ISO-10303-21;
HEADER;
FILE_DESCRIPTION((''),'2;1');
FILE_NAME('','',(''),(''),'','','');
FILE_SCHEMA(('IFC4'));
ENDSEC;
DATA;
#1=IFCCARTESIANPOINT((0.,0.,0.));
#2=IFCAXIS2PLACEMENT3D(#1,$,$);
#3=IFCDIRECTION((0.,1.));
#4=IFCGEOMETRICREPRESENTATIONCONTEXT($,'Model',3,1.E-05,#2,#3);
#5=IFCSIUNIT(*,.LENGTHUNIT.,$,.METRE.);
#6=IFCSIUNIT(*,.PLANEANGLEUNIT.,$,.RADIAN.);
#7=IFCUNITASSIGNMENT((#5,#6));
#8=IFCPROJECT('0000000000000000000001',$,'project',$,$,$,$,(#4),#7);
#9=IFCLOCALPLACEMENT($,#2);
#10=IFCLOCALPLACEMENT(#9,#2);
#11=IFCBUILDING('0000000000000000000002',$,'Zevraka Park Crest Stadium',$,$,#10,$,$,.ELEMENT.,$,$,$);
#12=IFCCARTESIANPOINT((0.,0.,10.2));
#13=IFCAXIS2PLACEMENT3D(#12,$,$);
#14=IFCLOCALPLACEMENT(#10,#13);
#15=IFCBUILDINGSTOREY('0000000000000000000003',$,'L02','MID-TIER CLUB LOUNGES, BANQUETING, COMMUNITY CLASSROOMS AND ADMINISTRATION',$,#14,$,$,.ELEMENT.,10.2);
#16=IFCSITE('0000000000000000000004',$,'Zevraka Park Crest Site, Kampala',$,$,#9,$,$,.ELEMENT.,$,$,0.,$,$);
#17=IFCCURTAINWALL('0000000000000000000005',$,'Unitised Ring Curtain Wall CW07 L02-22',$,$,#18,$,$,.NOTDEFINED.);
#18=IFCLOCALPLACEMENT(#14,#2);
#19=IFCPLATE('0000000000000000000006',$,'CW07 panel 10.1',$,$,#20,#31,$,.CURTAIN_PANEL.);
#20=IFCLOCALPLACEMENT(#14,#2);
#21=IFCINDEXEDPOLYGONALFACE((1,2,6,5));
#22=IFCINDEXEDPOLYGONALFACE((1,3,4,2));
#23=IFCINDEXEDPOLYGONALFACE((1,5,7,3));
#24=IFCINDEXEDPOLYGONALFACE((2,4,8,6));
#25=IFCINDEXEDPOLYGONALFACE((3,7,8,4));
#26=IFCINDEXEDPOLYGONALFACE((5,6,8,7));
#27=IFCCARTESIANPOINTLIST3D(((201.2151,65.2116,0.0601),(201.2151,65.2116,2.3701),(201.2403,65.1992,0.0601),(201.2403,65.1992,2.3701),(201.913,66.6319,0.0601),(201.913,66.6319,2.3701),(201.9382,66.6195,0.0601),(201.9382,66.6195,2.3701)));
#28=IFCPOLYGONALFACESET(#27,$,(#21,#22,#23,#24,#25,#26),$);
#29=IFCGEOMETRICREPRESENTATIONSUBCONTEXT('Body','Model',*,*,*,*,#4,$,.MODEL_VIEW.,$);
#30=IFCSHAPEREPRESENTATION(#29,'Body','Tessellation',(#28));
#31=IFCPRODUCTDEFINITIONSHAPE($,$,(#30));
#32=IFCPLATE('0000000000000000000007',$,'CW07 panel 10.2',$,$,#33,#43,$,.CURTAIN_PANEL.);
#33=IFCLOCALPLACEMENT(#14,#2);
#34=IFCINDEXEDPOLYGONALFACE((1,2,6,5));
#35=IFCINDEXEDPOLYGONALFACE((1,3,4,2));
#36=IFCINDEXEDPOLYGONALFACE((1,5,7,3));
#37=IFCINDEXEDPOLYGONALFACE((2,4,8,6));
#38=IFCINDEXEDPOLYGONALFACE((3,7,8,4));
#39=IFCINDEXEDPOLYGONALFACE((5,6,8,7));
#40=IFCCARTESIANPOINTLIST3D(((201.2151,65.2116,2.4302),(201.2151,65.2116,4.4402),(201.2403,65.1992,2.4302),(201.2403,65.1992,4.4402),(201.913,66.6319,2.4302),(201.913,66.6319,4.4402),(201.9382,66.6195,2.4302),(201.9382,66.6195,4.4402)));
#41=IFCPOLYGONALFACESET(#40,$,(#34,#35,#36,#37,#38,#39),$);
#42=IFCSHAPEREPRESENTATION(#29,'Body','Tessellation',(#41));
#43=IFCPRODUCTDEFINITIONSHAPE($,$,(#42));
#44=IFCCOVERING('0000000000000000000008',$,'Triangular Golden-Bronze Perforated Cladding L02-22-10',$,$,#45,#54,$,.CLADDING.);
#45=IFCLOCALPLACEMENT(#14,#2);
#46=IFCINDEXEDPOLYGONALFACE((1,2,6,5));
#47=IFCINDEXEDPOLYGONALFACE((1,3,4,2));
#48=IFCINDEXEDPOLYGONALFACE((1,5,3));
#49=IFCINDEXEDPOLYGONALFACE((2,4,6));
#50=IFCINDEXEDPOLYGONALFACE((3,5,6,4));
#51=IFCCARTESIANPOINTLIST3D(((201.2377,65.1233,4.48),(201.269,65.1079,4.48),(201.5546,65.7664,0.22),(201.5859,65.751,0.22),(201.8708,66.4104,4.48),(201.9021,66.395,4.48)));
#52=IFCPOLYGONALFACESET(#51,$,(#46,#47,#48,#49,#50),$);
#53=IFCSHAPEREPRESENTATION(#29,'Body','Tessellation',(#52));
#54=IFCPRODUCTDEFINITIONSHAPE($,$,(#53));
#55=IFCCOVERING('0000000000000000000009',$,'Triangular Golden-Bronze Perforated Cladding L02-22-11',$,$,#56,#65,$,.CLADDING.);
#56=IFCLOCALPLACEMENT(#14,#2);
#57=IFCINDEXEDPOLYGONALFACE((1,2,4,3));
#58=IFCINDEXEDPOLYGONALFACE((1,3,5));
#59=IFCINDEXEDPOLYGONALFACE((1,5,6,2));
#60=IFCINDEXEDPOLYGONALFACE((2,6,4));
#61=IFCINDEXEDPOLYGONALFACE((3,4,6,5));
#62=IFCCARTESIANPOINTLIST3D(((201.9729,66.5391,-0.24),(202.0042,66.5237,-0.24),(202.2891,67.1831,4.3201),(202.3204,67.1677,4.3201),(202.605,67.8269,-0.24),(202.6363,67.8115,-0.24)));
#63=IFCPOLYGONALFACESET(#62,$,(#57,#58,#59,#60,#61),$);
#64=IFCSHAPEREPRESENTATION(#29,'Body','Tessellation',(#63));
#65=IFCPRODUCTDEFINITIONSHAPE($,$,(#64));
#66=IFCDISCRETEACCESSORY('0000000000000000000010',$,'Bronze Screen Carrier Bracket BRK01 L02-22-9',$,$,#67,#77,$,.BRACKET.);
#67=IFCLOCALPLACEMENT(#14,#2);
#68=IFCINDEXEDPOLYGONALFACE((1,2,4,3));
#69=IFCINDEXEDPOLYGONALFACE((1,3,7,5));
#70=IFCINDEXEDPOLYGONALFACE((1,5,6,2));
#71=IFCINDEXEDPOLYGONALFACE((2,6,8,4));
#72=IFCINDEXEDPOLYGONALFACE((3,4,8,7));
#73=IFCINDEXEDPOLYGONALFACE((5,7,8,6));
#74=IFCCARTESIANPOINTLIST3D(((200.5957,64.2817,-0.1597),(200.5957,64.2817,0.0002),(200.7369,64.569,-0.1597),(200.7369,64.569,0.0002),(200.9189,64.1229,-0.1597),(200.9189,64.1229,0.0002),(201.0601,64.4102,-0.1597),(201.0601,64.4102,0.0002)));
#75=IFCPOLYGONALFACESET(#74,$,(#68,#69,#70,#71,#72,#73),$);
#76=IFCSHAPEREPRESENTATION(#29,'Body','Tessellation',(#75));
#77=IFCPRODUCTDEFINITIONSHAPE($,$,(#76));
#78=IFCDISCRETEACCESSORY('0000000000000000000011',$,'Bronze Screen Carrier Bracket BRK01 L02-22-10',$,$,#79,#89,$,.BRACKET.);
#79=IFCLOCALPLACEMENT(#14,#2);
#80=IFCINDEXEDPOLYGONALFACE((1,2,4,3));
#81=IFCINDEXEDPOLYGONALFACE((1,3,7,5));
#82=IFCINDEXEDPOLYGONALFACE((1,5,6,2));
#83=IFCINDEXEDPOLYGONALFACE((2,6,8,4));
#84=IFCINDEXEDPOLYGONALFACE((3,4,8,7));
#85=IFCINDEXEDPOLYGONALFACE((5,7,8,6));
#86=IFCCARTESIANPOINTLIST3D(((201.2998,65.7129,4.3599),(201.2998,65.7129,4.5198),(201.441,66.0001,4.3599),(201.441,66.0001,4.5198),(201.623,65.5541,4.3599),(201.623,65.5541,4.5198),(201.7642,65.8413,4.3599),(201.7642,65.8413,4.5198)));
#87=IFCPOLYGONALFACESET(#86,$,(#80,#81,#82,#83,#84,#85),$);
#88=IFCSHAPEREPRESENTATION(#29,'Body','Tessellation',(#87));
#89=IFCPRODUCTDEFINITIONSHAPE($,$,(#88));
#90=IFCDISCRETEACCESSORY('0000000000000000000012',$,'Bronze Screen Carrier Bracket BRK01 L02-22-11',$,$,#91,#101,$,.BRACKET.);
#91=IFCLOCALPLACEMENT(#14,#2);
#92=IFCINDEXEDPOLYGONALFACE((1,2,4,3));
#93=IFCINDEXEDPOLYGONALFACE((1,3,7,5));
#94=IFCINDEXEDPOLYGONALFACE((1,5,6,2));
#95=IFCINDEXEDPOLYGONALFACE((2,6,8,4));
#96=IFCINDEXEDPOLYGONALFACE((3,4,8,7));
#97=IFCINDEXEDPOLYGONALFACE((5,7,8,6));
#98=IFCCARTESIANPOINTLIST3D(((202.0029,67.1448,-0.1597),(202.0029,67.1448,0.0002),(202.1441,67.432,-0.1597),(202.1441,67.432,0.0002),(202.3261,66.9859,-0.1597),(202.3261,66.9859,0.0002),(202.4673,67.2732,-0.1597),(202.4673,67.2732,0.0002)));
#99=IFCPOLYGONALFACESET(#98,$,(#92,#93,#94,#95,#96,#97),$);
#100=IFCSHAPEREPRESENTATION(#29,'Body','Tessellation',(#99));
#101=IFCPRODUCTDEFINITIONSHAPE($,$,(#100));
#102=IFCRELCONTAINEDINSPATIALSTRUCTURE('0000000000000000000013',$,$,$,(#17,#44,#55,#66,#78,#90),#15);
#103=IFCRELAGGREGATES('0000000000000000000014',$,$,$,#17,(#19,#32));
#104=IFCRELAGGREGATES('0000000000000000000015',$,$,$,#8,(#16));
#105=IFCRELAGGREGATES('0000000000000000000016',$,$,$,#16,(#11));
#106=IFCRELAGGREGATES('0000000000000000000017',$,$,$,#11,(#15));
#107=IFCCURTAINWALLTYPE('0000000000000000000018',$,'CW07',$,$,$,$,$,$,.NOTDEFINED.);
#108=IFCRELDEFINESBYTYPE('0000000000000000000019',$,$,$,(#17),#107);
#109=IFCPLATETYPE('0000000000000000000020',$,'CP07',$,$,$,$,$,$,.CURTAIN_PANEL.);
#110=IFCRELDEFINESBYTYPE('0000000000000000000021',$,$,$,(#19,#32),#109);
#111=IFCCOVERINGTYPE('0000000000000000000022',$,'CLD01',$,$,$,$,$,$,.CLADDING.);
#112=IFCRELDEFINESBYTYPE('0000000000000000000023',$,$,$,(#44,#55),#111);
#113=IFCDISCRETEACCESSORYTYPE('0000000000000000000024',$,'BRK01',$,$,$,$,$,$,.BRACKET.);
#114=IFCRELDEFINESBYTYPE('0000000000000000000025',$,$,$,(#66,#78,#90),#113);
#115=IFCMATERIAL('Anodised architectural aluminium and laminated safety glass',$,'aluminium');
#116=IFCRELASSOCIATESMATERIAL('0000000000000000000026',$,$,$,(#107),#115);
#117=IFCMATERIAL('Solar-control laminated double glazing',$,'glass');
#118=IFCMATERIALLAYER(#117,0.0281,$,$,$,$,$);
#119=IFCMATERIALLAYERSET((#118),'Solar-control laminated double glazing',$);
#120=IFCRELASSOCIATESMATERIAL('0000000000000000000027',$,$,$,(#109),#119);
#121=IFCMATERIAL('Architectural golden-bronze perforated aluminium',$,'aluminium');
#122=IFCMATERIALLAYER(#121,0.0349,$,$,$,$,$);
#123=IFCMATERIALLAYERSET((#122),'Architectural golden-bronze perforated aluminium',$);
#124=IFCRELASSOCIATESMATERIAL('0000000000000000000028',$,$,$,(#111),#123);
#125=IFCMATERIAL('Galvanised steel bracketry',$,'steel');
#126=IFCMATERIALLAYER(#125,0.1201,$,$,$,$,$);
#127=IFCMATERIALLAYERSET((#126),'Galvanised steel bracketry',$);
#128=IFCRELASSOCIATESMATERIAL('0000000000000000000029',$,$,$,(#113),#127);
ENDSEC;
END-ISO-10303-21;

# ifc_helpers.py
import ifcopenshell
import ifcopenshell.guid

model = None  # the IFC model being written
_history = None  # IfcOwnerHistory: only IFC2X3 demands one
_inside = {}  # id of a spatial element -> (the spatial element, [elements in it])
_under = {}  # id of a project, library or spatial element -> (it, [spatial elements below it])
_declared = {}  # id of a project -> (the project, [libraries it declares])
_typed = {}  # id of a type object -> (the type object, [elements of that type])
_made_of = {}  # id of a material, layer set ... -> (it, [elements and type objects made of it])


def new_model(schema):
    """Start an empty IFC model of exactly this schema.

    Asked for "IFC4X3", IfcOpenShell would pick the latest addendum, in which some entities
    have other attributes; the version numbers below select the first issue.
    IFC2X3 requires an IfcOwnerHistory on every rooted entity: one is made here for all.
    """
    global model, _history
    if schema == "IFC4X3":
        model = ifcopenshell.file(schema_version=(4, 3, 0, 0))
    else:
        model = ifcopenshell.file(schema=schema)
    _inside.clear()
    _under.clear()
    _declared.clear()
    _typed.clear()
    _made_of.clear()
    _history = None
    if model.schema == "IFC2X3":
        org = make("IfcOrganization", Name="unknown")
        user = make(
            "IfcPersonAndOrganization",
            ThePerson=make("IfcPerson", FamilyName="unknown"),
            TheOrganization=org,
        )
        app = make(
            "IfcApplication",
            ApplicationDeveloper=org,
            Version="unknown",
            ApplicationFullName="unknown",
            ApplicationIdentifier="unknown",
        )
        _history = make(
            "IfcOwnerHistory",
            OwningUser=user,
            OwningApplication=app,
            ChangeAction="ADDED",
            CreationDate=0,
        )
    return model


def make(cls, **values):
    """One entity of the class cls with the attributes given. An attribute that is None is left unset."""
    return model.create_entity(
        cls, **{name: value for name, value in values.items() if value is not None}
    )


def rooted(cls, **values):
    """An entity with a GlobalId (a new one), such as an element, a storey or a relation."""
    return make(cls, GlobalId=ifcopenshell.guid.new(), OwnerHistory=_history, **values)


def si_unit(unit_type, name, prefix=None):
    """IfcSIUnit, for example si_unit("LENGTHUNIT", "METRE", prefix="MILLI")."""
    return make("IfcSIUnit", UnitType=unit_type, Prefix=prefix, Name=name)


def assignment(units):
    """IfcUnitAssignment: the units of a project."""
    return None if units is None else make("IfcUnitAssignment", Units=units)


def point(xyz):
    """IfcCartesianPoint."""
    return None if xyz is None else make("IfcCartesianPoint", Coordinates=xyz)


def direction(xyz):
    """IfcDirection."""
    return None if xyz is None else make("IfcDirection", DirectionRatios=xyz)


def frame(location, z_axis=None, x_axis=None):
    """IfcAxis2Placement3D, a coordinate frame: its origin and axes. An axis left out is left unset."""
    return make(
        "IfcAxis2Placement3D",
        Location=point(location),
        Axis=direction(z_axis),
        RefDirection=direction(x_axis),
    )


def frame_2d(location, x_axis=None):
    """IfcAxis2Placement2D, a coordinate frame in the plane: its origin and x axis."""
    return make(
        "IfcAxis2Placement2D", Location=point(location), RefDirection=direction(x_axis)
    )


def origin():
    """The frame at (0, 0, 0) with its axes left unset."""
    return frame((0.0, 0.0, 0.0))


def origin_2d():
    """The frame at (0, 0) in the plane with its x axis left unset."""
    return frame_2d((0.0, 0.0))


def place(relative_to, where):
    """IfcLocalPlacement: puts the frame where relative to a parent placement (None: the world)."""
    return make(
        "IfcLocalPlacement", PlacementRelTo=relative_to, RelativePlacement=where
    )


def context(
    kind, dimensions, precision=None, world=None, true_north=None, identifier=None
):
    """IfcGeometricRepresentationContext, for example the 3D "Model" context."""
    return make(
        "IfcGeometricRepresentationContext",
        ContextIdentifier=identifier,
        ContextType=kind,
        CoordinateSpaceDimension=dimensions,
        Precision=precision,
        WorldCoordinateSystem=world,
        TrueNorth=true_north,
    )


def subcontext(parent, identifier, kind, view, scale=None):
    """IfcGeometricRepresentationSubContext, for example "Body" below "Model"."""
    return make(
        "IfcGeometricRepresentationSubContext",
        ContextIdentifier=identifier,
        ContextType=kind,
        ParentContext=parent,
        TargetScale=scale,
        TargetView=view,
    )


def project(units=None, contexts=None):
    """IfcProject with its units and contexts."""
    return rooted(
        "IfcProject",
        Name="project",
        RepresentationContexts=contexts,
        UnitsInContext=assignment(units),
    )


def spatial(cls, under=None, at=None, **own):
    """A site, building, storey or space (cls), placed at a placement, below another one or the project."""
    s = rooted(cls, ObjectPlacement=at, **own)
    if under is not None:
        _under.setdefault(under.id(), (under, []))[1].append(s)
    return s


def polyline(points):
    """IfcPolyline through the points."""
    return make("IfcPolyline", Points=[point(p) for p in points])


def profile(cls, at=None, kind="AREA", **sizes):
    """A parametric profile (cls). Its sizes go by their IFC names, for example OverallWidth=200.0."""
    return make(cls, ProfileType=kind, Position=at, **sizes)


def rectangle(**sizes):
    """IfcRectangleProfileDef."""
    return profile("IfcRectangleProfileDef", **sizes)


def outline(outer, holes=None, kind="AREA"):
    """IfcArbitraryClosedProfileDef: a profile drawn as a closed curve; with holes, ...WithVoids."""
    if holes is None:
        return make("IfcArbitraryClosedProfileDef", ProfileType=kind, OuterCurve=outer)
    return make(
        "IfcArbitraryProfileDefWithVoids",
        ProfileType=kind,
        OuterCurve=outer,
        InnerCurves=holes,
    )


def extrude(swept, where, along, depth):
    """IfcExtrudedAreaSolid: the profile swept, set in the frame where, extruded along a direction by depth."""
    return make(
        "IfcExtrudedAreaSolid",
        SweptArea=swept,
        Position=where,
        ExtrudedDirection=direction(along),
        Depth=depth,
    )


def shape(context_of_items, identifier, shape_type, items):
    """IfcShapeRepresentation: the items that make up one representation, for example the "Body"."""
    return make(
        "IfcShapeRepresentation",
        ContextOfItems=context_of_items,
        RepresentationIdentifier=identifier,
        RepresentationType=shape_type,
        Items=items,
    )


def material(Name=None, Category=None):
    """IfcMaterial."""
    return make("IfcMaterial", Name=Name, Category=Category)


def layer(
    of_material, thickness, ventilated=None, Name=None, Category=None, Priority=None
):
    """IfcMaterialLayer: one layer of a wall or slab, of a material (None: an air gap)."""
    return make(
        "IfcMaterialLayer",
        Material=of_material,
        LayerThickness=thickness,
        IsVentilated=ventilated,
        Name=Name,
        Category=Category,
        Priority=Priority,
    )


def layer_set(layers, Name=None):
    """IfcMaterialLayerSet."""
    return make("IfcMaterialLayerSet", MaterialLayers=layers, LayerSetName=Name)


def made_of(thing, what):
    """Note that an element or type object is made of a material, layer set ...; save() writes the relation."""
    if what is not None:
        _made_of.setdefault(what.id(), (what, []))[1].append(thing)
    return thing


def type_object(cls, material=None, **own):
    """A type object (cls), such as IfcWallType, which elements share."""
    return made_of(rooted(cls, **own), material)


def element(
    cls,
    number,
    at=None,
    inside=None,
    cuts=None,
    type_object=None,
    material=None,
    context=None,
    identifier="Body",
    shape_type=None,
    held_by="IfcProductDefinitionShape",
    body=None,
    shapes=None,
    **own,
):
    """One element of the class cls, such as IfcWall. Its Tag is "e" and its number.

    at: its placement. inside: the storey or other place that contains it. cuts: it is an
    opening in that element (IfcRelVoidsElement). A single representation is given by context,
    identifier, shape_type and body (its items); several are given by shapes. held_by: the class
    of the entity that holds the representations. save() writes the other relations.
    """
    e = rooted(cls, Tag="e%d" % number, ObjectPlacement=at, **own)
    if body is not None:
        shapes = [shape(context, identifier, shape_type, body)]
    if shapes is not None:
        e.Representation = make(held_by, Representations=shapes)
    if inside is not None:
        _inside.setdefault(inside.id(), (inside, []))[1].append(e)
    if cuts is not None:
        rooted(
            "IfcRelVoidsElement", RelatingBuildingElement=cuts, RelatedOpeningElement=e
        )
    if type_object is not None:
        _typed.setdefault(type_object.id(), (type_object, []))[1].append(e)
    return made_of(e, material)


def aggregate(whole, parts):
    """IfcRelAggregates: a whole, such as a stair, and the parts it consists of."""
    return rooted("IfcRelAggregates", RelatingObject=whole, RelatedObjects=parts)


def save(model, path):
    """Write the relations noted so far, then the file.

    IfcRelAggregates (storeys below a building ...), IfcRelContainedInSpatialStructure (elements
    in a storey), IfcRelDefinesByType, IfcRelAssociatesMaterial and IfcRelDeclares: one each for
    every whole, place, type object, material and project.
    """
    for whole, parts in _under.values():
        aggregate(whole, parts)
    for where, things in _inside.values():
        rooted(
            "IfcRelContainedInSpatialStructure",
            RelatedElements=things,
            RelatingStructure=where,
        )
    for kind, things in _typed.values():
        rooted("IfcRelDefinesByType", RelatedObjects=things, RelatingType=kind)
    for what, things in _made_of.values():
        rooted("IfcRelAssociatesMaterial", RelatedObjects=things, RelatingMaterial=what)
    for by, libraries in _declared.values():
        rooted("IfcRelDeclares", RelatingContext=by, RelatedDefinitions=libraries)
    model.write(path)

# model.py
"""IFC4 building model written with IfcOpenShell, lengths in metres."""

from ifc_helpers import new_model, si_unit, direction, frame, origin, origin_2d, place, context, subcontext, project, spatial, polyline, rectangle, outline, extrude, material, layer, layer_set, type_object, element, aggregate, save


model = new_model("IFC4")

# Units and contexts
model_context = context("Model", 3, precision=1e-05, world=origin(), true_north=direction((0.0, 1.0)))
body_context = subcontext(model_context, "Body", "Model", "MODEL_VIEW")
ifc_project = project(units=[si_unit("LENGTHUNIT", "METRE"), si_unit("PLANEANGLEUNIT", "RADIAN")], contexts=[model_context])

# Site, building, storey
site_placement = place(None, origin())
site = spatial("IfcSite", under=ifc_project, at=site_placement, Name="Zevraka Park Crest Site, Kampala", CompositionType="ELEMENT", RefElevation=0.0)
building_placement = place(site_placement, origin())
building = spatial("IfcBuilding", under=site, at=building_placement, Name="Zevraka Park Crest Stadium", CompositionType="ELEMENT")
storey_placement = place(building_placement, frame((0.0, 0.0, 10.2)))
storey = spatial("IfcBuildingStorey", under=building, at=storey_placement, Name="L02", Description="MID-TIER CLUB LOUNGES, BANQUETING, COMMUNITY CLASSROOMS AND ADMINISTRATION", CompositionType="ELEMENT", Elevation=10.2)

# Curtain wall, plates
ifc_material_1 = material(Name="Anodised architectural aluminium and laminated safety glass", Category="aluminium")
curtain_wall_type = type_object("IfcCurtainWallType", Name="CW07", PredefinedType="NOTDEFINED", material=ifc_material_1)
curtain_wall_placement = place(storey_placement, origin())
curtain_wall = element("IfcCurtainWall", 1, at=curtain_wall_placement, inside=storey, type_object=curtain_wall_type, Name="Unitised Ring Curtain Wall CW07 L02-22", PredefinedType="NOTDEFINED")
ifc_material_2 = material(Name="Solar-control laminated double glazing", Category="glass")
ifc_layer_1 = layer(ifc_material_2, 0.0281)
ifc_layer_set_1 = layer_set([ifc_layer_1], Name="Solar-control laminated double glazing")
plate_type = type_object("IfcPlateType", Name="CP07", PredefinedType="CURTAIN_PANEL", material=ifc_layer_set_1)
plate_1_placement = place(storey_placement, frame((201.5767, 65.9155, 0.0601), z_axis=(0.0, 0.0, 1.0), x_axis=(0.441021, 0.897497, 0.0)))
plate_1 = element("IfcPlate", 2, at=plate_1_placement, type_object=plate_type, Name="CW07 panel 10.1", PredefinedType="CURTAIN_PANEL", context=body_context, shape_type="SweptSolid", body=[
    extrude(rectangle(XDim=1.5825, YDim=0.0281, at=origin_2d()), origin(), (0.0, 0.0, 1.0), 2.3101),
])
plate_2_placement = place(storey_placement, frame((201.5767, 65.9155, 2.4302), z_axis=(0.0, 0.0, 1.0), x_axis=(0.441021, 0.897497, 0.0)))
plate_2 = element("IfcPlate", 3, at=plate_2_placement, type_object=plate_type, Name="CW07 panel 10.2", PredefinedType="CURTAIN_PANEL", context=body_context, shape_type="SweptSolid", body=[
    extrude(rectangle(XDim=1.5825, YDim=0.0281, at=origin_2d()), origin(), (0.0, 0.0, 1.0), 2.01),
])
aggregate(curtain_wall, [plate_1, plate_2])

# Coverings
ifc_material_3 = material(Name="Architectural golden-bronze perforated aluminium", Category="aluminium")
ifc_layer_2 = layer(ifc_material_3, 0.0349)
ifc_layer_set_2 = layer_set([ifc_layer_2], Name="Architectural golden-bronze perforated aluminium")
covering_type = type_object("IfcCoveringType", Name="CLD01", PredefinedType="CLADDING", material=ifc_layer_set_2)
covering_1_placement = place(storey_placement, frame((201.9021, 66.395, 4.48), z_axis=(0.897336, -0.441349, 0.000128), x_axis=(-0.441349, -0.897336, 0.0)))
element("IfcCovering", 4, at=covering_1_placement, inside=storey, type_object=covering_type, Name="Triangular Golden-Bronze Perforated Cladding L02-22-10", PredefinedType="CLADDING", context=body_context, shape_type="SweptSolid", body=[
    extrude(outline(polyline([(0.0, 0.0), (1.4344, 0.0), (0.7175, 4.26), (0.0, 0.0)])), origin(), (0.0, 0.0, -1.0), 0.0349),
])
covering_2_placement = place(storey_placement, frame((201.9729, 66.5391, -0.24), z_axis=(-0.897704, 0.440598, 0.000012), x_axis=(0.440598, 0.897704, 0.0)))
element("IfcCovering", 5, at=covering_2_placement, inside=storey, type_object=covering_type, Name="Triangular Golden-Bronze Perforated Cladding L02-22-11", PredefinedType="CLADDING", context=body_context, shape_type="SweptSolid", body=[
    extrude(outline(polyline([(0.0, 0.0), (1.4346, 0.0), (0.7175, -4.5601), (0.0, 0.0)])), origin(), (0.0, 0.0, -1.0), 0.0349),
])

# Discrete accessories
ifc_material_4 = material(Name="Galvanised steel bracketry", Category="steel")
ifc_layer_3 = layer(ifc_material_4, 0.1201)
ifc_layer_set_3 = layer_set([ifc_layer_3], Name="Galvanised steel bracketry")
discrete_accessory_type = type_object("IfcDiscreteAccessoryType", Name="BRK01", PredefinedType="BRACKET", material=ifc_layer_set_3)
for number, where, z_axis, x_axis, name in (
    (6, (200.8279, 64.3459, -0.1597), (0.0, 0.0, 1.0), (0.441036, 0.897489, 0.0), "Bronze Screen Carrier Bracket BRK01 L02-22-9"),
    (7, (201.532, 65.7771, 4.3599), (0.0, 0.0, 1.0), (0.441036, 0.897489, 0.0), "Bronze Screen Carrier Bracket BRK01 L02-22-10"),
    (8, (202.2351, 67.209, -0.1597), (0.0, 0.0, 1.0), (0.441036, 0.897489, 0.0), "Bronze Screen Carrier Bracket BRK01 L02-22-11"),
):
    element("IfcDiscreteAccessory", number, at=place(storey_placement, frame(where, z_axis=z_axis, x_axis=x_axis)), inside=storey, type_object=discrete_accessory_type, Name=name, PredefinedType="BRACKET", context=body_context, shape_type="SweptSolid", body=[
        extrude(rectangle(XDim=0.3201, YDim=0.3601, at=origin_2d()), origin(), (0.0, 0.0, 1.0), 0.1599),
    ])

save(model, "model.ifc")
